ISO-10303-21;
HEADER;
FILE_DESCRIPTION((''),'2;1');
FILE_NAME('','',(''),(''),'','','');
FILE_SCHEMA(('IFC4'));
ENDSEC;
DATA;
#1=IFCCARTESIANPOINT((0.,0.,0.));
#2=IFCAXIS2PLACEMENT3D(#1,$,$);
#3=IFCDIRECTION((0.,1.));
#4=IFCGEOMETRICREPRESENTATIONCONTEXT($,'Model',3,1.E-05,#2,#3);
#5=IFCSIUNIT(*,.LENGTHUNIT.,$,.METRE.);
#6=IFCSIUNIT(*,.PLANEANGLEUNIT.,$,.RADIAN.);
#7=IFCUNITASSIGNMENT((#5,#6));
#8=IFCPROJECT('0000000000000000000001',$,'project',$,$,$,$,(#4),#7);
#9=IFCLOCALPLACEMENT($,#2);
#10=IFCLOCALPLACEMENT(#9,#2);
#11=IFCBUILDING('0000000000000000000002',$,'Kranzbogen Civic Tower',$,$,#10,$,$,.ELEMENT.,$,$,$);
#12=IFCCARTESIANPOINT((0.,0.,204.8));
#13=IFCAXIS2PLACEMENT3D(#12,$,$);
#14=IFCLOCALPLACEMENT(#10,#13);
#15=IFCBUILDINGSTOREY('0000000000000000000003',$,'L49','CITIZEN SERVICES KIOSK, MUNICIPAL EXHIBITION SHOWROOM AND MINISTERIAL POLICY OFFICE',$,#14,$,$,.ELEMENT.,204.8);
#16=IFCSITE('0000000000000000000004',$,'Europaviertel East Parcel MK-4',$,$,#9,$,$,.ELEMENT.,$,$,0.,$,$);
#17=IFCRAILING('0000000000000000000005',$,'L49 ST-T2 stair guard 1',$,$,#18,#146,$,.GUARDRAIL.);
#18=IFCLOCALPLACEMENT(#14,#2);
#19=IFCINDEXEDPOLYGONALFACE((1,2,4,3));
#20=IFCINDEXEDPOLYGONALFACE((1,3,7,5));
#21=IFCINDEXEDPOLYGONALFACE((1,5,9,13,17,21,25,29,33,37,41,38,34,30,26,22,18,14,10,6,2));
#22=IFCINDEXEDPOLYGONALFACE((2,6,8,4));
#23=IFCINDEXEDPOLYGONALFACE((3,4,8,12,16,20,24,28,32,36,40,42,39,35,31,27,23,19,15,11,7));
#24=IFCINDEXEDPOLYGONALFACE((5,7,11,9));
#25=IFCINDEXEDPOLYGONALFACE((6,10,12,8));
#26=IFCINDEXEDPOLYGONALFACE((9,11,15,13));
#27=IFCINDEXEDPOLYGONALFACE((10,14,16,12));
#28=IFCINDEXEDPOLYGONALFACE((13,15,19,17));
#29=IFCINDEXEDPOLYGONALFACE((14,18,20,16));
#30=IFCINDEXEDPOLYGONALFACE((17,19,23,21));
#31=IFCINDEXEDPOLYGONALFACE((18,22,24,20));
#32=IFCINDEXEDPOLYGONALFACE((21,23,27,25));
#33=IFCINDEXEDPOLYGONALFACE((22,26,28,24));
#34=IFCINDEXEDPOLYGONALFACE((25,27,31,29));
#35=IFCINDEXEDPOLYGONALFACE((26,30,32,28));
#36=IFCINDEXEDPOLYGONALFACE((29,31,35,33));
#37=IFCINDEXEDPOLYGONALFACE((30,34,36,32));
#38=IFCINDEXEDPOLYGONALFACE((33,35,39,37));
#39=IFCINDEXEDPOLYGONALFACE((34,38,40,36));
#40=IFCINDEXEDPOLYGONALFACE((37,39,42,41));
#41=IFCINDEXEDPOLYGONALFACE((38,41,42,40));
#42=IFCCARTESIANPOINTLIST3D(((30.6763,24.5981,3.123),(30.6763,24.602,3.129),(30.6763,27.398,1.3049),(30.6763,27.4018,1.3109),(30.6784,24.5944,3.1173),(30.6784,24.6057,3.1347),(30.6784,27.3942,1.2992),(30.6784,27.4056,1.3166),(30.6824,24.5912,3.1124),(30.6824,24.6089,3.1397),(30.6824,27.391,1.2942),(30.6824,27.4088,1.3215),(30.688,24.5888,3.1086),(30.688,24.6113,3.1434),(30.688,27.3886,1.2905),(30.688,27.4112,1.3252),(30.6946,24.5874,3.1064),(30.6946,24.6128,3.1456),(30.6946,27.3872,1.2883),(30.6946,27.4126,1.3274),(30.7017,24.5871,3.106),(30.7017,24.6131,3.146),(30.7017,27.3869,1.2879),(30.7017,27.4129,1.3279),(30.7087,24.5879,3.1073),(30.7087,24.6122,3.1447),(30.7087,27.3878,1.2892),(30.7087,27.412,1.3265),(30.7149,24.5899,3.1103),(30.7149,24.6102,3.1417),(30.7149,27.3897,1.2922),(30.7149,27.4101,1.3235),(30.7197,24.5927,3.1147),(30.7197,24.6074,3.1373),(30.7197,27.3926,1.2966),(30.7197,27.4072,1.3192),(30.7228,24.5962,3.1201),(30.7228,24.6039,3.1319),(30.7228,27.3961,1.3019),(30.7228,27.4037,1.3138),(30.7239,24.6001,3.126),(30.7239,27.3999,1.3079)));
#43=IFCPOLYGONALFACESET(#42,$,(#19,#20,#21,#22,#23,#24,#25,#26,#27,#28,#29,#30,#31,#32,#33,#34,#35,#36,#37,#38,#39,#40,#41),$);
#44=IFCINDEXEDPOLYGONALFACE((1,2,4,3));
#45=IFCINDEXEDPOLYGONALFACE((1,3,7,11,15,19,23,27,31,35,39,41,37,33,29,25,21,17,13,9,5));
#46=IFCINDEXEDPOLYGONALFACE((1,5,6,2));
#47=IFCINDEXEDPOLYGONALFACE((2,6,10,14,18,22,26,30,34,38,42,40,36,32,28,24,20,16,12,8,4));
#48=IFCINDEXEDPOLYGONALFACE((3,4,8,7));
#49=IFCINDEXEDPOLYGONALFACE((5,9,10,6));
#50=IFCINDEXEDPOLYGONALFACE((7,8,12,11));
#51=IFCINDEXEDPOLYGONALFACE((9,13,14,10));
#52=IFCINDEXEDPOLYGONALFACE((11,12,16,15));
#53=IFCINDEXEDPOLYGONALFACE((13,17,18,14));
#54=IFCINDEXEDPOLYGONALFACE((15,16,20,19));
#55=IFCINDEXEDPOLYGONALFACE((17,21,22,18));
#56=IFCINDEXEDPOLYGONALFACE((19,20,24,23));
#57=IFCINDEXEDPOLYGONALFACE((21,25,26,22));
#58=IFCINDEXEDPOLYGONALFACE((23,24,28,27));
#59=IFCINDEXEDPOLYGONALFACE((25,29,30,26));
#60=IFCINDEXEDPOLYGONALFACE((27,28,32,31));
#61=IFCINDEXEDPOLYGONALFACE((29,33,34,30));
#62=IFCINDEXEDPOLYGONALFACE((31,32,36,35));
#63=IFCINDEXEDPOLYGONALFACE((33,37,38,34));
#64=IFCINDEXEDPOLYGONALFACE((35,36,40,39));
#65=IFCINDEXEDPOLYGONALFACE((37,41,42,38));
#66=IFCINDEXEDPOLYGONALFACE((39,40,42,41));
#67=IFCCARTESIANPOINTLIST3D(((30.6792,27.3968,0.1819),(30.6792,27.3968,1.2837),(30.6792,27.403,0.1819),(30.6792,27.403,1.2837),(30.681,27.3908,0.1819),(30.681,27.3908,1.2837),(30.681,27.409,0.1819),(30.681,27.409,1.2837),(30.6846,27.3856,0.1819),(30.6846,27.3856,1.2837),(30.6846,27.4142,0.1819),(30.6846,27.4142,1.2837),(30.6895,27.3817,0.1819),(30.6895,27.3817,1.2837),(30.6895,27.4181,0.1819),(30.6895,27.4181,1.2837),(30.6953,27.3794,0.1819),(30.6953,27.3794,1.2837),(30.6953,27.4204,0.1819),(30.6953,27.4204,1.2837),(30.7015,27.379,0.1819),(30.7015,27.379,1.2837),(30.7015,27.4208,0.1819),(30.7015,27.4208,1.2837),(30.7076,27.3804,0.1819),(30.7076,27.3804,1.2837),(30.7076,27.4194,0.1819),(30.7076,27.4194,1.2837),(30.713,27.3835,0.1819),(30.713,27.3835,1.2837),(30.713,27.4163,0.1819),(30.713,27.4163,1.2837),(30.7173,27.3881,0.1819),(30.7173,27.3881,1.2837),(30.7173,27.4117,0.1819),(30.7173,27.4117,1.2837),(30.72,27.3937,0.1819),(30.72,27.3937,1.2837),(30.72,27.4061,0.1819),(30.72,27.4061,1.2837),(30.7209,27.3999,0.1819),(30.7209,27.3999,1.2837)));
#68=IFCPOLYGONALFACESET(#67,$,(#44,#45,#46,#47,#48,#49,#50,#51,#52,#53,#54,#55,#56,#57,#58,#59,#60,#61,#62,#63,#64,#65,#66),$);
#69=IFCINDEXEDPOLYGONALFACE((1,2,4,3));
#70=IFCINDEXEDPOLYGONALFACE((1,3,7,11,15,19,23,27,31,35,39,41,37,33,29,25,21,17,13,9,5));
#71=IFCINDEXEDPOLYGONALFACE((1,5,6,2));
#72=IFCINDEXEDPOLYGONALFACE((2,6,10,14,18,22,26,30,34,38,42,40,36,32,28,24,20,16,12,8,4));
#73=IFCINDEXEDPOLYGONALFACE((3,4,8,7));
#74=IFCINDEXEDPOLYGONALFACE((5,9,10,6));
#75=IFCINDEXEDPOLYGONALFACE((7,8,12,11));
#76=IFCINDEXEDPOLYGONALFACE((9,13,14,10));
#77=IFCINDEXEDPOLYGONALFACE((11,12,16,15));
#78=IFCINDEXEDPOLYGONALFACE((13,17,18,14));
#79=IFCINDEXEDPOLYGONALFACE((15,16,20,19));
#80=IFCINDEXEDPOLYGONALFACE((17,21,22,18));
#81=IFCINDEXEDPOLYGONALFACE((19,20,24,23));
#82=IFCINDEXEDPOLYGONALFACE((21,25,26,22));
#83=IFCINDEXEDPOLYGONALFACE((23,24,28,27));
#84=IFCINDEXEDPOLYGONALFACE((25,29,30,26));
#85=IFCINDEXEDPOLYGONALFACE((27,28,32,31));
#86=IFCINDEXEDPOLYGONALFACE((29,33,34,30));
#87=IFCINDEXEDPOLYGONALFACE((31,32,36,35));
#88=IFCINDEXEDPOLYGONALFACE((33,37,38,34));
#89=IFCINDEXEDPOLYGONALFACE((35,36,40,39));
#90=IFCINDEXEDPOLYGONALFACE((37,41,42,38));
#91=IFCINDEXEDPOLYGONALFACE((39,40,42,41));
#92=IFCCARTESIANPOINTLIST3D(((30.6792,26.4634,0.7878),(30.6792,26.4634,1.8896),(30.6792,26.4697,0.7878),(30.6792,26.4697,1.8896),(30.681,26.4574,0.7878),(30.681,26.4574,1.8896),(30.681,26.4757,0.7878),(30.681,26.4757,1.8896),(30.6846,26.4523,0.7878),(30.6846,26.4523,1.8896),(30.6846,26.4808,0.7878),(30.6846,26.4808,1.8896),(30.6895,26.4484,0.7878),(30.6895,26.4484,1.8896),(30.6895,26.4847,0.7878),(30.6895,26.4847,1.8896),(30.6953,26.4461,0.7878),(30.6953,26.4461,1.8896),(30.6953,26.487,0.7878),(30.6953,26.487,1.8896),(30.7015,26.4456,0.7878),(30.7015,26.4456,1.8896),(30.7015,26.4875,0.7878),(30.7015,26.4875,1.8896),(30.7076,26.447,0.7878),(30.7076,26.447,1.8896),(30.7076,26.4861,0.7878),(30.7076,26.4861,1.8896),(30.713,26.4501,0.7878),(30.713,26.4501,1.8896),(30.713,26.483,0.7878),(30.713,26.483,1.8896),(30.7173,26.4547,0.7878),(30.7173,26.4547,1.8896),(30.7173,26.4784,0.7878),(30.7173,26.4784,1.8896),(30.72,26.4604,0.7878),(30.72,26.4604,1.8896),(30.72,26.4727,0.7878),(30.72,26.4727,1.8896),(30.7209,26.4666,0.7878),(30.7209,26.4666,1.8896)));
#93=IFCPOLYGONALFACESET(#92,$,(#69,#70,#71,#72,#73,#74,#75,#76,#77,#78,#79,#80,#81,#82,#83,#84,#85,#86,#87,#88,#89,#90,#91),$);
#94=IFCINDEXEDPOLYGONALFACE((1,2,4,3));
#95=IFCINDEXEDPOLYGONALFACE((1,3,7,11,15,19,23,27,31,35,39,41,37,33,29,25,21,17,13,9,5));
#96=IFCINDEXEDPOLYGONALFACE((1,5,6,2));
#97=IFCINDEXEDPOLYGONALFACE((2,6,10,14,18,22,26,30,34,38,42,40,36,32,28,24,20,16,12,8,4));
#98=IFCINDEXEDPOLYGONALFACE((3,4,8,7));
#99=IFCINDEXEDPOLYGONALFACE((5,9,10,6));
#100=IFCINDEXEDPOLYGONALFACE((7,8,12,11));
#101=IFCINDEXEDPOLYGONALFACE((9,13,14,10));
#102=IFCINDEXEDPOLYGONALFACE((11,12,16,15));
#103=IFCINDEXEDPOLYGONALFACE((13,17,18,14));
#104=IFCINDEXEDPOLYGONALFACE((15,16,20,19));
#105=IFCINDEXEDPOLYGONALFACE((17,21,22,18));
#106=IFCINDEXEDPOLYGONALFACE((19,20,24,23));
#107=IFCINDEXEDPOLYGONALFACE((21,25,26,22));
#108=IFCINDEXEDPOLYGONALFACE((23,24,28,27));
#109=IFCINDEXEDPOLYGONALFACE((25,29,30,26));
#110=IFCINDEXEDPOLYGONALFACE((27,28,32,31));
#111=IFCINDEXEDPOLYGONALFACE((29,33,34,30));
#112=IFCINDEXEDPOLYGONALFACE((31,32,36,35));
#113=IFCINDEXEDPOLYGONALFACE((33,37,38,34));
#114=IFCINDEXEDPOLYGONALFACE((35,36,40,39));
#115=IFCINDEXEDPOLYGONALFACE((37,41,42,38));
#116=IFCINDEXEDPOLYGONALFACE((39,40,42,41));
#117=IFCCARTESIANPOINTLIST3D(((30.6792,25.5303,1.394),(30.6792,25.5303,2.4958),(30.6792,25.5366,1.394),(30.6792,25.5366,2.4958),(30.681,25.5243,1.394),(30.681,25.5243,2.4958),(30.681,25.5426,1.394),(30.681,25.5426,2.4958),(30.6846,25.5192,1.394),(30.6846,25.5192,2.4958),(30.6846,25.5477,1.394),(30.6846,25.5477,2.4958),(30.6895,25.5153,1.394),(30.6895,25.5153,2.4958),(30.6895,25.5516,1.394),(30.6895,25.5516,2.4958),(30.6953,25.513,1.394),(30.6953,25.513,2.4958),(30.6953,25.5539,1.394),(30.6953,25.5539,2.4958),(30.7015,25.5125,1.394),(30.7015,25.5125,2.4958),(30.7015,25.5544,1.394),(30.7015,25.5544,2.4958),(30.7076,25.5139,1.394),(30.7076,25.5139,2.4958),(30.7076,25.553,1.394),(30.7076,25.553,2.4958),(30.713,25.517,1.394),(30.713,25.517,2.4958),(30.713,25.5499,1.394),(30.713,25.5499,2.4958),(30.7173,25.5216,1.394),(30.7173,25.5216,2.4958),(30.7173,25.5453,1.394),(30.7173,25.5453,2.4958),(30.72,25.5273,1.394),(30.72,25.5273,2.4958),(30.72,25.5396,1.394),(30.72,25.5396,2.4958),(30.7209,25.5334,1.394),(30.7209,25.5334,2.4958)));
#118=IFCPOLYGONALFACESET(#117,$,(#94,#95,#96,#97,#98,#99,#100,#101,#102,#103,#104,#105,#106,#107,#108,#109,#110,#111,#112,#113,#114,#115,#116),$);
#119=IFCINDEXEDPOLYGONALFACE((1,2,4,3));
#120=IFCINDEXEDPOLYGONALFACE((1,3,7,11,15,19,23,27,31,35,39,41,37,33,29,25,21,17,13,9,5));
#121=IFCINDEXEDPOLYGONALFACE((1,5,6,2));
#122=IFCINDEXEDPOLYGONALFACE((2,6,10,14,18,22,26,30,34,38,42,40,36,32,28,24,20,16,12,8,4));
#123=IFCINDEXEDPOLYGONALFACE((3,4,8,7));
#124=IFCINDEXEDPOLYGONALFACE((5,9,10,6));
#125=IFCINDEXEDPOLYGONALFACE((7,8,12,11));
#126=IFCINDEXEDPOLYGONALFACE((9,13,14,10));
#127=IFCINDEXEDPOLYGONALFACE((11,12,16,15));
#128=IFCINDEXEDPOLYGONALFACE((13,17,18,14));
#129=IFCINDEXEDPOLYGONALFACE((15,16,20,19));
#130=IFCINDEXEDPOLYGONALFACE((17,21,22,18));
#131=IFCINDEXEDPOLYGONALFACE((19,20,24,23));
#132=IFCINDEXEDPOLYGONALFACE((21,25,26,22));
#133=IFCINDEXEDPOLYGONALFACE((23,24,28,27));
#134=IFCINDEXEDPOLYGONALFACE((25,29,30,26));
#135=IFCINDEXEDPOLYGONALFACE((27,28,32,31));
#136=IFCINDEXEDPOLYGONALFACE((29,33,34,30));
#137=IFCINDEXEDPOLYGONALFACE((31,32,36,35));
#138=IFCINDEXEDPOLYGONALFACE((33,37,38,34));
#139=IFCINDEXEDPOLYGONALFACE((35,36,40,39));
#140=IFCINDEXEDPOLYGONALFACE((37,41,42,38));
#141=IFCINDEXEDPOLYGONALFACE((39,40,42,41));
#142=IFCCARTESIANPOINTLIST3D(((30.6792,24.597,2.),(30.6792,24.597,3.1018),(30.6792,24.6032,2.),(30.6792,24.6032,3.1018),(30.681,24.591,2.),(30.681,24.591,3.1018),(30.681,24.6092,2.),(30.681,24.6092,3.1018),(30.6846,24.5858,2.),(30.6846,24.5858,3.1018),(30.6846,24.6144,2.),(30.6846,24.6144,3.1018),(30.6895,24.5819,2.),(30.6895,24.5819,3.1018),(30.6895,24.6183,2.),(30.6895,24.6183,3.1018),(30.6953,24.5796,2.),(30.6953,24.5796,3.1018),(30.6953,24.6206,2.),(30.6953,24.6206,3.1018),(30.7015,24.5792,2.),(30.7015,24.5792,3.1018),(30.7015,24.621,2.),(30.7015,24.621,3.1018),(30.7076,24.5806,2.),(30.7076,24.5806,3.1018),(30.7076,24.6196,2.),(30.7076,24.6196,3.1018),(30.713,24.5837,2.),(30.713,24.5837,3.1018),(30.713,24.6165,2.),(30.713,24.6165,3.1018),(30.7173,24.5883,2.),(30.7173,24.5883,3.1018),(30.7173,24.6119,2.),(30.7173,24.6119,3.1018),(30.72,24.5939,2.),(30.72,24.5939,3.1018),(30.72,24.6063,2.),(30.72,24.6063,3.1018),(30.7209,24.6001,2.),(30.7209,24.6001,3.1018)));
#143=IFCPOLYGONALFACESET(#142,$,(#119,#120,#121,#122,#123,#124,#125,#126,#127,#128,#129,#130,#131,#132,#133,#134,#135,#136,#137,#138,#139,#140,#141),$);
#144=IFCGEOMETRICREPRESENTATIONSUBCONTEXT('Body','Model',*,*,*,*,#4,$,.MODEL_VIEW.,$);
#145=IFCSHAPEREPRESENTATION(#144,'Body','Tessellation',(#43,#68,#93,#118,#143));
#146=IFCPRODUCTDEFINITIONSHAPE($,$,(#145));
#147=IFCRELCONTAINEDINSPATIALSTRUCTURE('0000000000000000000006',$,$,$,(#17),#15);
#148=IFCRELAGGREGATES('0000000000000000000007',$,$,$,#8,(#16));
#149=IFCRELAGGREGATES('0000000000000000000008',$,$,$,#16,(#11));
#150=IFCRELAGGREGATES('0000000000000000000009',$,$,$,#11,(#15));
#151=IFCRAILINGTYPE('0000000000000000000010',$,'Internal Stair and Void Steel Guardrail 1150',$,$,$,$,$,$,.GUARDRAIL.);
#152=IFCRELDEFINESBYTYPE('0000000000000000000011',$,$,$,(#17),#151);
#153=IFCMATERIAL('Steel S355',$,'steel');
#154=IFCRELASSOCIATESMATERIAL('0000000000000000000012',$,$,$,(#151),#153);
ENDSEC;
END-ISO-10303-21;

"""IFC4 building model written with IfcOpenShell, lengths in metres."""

from ifc_helpers import new_model, si_unit, direction, frame, origin, origin_2d, place, context, subcontext, project, spatial, circle, extrude, material, type_object, element, save


model = new_model("IFC4")

# Units and contexts
model_context = context("Model", 3, precision=1e-05, world=origin(), true_north=direction((0.0, 1.0)))
body_context = subcontext(model_context, "Body", "Model", "MODEL_VIEW")
ifc_project = project(units=[si_unit("LENGTHUNIT", "METRE"), si_unit("PLANEANGLEUNIT", "RADIAN")], contexts=[model_context])

# Site, building, storey
site_placement = place(None, origin())
site = spatial("IfcSite", under=ifc_project, at=site_placement, Name="Europaviertel East Parcel MK-4", CompositionType="ELEMENT", RefElevation=0.0)
building_placement = place(site_placement, origin())
building = spatial("IfcBuilding", under=site, at=building_placement, Name="Kranzbogen Civic Tower", CompositionType="ELEMENT")
storey_placement = place(building_placement, frame((0.0, 0.0, 204.8)))
storey = spatial("IfcBuildingStorey", under=building, at=storey_placement, Name="L49", Description="CITIZEN SERVICES KIOSK, MUNICIPAL EXHIBITION SHOWROOM AND MINISTERIAL POLICY OFFICE", CompositionType="ELEMENT", Elevation=204.8)

# Shared definitions
ifc_material_1 = material(Name="Steel S355", Category="steel")

# Railing
railing_type_1 = type_object("IfcRailingType", Name="Internal Stair and Void Steel Guardrail 1150", PredefinedType="GUARDRAIL", material=ifc_material_1)
railing_1_placement = place(storey_placement, frame((30.7, 27.3999, 0.1819)))
element("IfcRailing", 1, at=railing_1_placement, inside=storey, type_object=railing_type_1, Name="L49 ST-T2 stair guard 1", PredefinedType="GUARDRAIL", context=body_context, shape_type="SweptSolid", body=[
    extrude(circle(Radius=0.0239, at=origin_2d()), frame((0.0, 0.0, 1.126), z_axis=(0.0, -0.838684, 0.544618), x_axis=(1.0, 0.0, 0.0)), (0.0, 0.0, 1.0), 3.3384),
    extrude(circle(Radius=0.021, at=origin_2d()), origin(), (0.0, 0.0, 1.0), 1.1018),
    extrude(circle(Radius=0.021, at=origin_2d()), frame((0.0, -0.9333, 0.606)), (0.0, 0.0, 1.0), 1.1018),
    extrude(circle(Radius=0.021, at=origin_2d()), frame((0.0, -1.8665, 1.2122)), (0.0, 0.0, 1.0), 1.1018),
    extrude(circle(Radius=0.021, at=origin_2d()), frame((0.0, -2.7998, 1.8181)), (0.0, 0.0, 1.0), 1.1018),
])

save(model, "model.ifc")
